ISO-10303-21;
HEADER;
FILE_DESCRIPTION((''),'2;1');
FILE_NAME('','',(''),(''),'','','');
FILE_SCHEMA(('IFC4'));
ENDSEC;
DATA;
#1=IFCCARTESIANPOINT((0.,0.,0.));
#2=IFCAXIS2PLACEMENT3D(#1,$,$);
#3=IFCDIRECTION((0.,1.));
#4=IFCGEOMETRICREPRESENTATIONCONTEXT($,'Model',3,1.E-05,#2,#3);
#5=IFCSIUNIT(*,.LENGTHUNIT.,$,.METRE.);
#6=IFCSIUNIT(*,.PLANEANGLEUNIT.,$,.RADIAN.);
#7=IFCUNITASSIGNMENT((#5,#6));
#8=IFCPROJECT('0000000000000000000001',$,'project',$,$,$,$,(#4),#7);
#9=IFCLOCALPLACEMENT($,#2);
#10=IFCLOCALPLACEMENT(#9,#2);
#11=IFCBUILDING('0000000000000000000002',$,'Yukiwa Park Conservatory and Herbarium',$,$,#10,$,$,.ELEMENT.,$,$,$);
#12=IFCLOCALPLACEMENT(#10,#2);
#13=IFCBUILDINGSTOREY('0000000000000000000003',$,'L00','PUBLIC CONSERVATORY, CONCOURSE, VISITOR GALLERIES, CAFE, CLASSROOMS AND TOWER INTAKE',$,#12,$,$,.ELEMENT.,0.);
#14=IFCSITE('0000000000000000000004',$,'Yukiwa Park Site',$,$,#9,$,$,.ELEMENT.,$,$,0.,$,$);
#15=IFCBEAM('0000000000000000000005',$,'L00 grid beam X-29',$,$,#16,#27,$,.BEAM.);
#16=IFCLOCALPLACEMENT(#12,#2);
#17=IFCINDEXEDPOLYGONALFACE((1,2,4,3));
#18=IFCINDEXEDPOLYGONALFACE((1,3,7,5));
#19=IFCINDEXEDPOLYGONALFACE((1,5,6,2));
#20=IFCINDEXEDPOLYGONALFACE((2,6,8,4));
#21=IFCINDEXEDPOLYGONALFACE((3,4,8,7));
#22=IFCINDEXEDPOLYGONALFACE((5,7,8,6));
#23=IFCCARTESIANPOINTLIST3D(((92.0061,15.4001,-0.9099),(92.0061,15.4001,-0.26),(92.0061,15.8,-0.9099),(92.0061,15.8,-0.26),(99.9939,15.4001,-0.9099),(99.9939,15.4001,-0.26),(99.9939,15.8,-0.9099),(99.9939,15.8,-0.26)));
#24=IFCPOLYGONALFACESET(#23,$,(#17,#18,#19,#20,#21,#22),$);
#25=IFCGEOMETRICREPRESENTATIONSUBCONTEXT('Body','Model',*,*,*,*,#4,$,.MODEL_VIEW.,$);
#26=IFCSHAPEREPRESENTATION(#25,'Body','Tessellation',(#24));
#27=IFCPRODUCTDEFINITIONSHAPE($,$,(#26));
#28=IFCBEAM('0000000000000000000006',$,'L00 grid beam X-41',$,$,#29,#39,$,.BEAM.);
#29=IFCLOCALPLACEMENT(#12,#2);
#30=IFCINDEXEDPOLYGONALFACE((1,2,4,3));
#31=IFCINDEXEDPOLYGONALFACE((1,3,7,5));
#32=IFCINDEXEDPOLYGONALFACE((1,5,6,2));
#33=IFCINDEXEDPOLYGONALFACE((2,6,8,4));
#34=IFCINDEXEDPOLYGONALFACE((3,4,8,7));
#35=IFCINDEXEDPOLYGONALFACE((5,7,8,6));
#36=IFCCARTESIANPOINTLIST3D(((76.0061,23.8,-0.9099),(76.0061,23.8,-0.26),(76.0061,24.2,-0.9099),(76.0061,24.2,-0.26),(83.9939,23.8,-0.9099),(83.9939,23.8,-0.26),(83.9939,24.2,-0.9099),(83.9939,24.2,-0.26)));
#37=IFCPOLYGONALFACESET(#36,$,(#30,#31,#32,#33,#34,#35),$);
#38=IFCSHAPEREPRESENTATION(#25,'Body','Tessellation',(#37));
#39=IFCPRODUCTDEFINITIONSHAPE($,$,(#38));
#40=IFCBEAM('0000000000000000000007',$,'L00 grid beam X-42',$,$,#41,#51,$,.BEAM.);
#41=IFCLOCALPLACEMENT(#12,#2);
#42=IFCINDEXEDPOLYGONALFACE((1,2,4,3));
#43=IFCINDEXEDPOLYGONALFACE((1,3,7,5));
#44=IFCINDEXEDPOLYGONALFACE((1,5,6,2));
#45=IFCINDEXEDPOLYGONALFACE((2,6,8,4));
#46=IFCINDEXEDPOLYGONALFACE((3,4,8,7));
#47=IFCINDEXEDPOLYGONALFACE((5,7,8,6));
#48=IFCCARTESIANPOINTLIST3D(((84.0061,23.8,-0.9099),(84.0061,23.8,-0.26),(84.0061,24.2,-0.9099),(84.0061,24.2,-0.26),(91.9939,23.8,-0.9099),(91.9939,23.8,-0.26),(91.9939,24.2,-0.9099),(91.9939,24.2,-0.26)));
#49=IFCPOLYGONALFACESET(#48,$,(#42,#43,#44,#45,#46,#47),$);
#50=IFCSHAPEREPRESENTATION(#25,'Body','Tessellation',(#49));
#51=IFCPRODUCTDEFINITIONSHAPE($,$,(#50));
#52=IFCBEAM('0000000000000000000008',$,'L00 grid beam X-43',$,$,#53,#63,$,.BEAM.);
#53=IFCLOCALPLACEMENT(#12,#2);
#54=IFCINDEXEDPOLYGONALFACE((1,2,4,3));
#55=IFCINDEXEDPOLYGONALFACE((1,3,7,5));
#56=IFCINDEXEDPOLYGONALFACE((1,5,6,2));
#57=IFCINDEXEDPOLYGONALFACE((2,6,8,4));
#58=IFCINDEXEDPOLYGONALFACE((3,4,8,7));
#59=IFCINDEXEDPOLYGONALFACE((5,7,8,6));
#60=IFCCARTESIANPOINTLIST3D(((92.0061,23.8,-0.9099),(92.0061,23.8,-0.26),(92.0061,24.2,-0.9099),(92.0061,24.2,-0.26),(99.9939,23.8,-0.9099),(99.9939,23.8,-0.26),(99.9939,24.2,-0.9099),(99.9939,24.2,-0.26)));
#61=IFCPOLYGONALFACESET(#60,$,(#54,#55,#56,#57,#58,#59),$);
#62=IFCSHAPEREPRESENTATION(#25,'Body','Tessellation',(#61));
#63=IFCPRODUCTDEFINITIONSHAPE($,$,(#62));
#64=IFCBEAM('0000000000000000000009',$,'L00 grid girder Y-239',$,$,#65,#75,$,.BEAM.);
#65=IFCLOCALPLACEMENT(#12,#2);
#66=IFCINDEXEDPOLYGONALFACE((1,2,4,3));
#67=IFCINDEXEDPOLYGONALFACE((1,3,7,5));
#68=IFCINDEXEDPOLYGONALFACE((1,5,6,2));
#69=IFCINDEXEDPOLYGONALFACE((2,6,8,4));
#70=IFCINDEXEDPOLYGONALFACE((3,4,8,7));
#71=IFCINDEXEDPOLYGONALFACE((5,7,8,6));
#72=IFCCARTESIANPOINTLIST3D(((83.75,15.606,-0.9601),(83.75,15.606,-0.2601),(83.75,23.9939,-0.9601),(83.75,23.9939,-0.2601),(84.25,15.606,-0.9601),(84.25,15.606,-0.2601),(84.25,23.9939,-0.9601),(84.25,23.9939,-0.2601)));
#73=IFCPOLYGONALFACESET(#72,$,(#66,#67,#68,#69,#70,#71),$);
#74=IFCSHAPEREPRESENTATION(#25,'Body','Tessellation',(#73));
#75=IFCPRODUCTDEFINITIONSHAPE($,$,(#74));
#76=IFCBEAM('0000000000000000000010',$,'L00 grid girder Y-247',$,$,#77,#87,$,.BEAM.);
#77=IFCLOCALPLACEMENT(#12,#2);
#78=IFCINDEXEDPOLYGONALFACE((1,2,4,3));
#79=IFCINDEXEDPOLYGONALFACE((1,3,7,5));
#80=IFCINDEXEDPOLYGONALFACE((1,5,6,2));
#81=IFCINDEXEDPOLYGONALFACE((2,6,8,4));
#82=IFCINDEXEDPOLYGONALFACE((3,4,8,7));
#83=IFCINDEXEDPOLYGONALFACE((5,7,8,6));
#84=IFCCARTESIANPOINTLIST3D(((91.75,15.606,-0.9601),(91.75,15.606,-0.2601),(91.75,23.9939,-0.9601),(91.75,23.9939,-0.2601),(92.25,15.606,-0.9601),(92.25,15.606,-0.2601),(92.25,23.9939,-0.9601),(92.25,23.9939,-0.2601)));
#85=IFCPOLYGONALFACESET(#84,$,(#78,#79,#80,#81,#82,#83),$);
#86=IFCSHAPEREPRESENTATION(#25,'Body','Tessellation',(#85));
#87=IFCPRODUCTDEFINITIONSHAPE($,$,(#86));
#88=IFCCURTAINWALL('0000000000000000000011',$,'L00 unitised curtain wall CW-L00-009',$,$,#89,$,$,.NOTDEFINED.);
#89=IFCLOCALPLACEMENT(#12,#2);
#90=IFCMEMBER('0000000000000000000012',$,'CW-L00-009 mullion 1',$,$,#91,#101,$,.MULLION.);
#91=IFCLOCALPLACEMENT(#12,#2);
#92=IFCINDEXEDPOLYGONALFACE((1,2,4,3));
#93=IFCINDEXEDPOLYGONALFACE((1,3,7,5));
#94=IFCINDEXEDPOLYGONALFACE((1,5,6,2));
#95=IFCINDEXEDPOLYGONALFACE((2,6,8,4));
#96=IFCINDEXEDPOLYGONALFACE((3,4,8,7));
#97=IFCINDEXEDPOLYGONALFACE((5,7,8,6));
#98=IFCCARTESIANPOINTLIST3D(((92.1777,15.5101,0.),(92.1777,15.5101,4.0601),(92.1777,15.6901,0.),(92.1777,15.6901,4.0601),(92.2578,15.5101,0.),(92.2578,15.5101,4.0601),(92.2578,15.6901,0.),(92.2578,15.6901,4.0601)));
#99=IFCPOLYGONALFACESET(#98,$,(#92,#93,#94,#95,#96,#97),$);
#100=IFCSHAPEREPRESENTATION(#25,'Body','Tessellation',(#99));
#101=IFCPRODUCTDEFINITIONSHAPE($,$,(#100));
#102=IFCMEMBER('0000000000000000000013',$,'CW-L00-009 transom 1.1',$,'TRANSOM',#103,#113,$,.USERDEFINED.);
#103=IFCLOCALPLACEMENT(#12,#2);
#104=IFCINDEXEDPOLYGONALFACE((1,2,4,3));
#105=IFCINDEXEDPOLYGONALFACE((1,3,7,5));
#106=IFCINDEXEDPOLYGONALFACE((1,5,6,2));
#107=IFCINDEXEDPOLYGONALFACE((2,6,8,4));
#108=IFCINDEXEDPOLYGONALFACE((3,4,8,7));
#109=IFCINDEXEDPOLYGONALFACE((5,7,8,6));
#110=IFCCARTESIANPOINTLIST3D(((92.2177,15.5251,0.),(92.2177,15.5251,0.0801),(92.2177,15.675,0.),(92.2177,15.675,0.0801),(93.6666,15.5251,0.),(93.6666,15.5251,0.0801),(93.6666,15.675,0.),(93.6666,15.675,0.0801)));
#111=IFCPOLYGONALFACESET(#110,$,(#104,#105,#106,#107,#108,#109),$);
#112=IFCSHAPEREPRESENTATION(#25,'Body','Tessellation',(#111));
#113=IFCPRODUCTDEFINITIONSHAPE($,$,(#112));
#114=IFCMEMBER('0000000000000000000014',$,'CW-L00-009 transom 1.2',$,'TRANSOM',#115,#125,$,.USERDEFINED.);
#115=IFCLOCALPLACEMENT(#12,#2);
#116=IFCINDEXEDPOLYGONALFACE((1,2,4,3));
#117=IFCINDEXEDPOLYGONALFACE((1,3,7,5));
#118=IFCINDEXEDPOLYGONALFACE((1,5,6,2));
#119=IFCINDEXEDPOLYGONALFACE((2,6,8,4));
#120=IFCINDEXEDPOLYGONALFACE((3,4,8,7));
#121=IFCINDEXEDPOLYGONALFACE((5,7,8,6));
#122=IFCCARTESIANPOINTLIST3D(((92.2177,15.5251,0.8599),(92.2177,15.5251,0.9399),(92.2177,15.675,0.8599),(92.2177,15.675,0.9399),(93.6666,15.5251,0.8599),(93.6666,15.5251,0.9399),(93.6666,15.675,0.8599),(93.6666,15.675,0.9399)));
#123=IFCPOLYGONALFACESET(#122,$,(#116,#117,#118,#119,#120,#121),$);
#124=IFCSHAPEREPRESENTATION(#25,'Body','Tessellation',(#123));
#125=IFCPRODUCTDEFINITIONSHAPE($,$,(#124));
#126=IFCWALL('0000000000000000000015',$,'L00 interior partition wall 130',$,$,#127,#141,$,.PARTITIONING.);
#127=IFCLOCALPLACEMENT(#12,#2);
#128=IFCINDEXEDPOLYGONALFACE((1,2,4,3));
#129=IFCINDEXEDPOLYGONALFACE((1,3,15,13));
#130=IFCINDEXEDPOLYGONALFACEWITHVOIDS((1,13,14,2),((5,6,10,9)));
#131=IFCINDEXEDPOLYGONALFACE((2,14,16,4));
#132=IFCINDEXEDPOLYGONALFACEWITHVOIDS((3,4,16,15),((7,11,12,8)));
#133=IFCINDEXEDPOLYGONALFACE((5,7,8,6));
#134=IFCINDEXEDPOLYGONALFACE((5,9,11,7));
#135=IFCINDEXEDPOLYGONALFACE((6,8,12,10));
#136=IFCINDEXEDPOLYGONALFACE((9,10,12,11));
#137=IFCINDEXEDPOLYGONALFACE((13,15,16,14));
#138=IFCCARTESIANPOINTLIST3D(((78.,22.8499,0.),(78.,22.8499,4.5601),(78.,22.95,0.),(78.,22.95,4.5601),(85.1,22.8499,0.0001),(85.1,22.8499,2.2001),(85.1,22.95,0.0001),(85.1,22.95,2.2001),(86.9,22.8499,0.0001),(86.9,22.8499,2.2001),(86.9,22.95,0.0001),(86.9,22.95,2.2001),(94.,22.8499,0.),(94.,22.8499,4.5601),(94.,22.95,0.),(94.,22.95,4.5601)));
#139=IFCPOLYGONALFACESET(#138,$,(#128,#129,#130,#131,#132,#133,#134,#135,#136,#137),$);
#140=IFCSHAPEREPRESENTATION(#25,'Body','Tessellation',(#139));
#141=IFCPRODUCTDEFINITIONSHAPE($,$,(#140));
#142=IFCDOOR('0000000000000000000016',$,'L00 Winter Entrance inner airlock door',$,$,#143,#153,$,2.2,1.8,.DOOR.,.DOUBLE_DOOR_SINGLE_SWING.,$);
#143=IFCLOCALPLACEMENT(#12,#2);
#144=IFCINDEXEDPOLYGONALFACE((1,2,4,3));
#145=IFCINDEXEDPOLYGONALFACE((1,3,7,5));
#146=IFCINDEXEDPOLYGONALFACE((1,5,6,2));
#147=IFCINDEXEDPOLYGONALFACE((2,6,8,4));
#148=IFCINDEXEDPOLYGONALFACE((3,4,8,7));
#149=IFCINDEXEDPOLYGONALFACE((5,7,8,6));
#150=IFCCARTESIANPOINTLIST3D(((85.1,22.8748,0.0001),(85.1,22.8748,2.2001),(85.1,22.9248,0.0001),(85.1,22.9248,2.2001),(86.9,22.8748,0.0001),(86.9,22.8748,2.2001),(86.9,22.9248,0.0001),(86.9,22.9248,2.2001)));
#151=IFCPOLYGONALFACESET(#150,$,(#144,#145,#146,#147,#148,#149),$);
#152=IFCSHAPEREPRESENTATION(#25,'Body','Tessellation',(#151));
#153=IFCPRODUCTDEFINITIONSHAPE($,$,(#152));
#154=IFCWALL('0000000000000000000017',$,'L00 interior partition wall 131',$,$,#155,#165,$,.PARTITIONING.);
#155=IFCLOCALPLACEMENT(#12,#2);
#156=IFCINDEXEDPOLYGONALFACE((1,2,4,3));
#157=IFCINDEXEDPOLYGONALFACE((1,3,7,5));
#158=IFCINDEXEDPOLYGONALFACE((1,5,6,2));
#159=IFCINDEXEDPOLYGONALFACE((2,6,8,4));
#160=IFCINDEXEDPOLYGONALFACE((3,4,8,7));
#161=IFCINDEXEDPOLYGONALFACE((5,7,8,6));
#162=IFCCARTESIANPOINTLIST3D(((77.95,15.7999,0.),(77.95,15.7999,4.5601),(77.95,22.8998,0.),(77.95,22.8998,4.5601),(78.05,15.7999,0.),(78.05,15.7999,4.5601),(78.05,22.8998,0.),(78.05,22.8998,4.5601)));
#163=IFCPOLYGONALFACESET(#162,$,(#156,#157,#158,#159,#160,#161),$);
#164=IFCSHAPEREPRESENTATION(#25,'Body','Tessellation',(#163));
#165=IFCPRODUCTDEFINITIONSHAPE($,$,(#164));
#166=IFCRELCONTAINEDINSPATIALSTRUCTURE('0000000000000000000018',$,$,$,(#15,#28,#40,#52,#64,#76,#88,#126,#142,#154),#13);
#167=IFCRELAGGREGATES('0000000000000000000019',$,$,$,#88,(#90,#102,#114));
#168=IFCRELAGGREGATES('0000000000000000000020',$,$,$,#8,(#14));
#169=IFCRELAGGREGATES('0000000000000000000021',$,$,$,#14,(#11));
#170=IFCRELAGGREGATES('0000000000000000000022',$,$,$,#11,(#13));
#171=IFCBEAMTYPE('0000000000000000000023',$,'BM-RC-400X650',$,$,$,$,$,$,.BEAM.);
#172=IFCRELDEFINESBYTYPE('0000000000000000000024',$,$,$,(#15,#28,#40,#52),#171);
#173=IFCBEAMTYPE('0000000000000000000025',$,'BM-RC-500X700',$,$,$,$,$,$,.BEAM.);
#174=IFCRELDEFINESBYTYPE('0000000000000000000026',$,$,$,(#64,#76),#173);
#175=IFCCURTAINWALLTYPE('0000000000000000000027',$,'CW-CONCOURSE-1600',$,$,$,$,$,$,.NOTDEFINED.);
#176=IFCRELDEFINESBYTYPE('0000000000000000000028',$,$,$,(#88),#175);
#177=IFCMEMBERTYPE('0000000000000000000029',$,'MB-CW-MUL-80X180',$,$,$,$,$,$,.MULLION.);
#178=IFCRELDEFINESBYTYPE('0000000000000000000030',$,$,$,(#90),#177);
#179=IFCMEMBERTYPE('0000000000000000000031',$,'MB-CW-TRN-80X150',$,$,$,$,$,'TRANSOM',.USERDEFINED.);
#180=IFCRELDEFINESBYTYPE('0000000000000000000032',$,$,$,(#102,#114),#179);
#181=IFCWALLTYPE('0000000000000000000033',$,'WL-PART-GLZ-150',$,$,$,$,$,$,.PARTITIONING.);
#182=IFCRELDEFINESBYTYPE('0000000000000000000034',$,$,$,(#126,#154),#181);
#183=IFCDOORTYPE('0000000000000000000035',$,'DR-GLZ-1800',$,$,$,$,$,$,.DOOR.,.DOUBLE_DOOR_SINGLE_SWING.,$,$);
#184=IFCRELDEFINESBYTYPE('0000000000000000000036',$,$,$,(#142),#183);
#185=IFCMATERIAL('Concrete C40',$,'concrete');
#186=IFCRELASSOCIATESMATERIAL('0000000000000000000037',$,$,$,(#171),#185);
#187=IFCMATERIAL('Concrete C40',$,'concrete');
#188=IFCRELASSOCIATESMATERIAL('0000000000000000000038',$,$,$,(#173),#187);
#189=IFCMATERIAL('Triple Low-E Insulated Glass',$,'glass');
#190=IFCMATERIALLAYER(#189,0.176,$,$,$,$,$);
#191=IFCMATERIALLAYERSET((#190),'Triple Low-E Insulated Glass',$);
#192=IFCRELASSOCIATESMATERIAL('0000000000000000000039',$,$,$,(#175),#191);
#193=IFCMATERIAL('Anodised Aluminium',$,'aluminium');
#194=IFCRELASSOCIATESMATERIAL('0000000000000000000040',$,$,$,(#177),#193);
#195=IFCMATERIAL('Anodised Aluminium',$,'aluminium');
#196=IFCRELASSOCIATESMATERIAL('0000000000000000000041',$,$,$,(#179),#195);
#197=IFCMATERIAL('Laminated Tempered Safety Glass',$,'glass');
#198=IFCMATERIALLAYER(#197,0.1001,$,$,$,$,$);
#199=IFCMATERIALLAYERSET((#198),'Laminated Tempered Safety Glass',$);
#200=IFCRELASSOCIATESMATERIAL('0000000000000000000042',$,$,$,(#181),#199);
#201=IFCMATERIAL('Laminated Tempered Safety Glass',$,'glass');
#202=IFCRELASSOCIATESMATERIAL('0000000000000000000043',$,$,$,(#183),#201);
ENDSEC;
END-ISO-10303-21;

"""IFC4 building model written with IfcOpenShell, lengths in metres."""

from ifc_helpers import new_model, si_unit, direction, frame, frame_2d, origin, origin_2d, place, context, subcontext, project, spatial, rectangle, extrude, material, layer, layer_set, material_profile, profile_set, type_object, element, fill, aggregate, save


model = new_model("IFC4")

# Units and contexts
model_context = context("Model", 3, precision=1e-05, world=origin(), true_north=direction((0.0, 1.0)))
body_context = subcontext(model_context, "Body", "Model", "MODEL_VIEW")
ifc_project = project(units=[si_unit("LENGTHUNIT", "METRE"), si_unit("PLANEANGLEUNIT", "RADIAN")], contexts=[model_context])

# Site, building, storey
site_placement = place(None, origin())
site = spatial("IfcSite", under=ifc_project, at=site_placement, Name="Yukiwa Park Site", CompositionType="ELEMENT", RefElevation=0.0)
building_placement = place(site_placement, origin())
building = spatial("IfcBuilding", under=site, at=building_placement, Name="Yukiwa Park Conservatory and Herbarium", CompositionType="ELEMENT")
storey_placement = place(building_placement, origin())
storey = spatial("IfcBuildingStorey", under=building, at=storey_placement, Name="L00", Description="PUBLIC CONSERVATORY, CONCOURSE, VISITOR GALLERIES, CAFE, CLASSROOMS AND TOWER INTAKE", CompositionType="ELEMENT", Elevation=0.0)

# Beams
ifc_material_1 = material(Name="Concrete C40", Category="concrete")
ifc_material_profile_1 = material_profile(ifc_material_1, rectangle(XDim=0.3999, YDim=0.6499, at=origin_2d()), Name="RC 400x650")
ifc_profile_set_1 = profile_set([ifc_material_profile_1], Name="Concrete C40")
beam_type_1 = type_object("IfcBeamType", Name="BM-RC-400X650", PredefinedType="BEAM", material=ifc_profile_set_1)
for number, where, z_axis, x_axis, name in (
    (1, (92.0061, 15.6001, -0.585), (1.0, 0.0, 0.0), (0.0, 1.0, 0.0), "L00 grid beam X-29"),
    (2, (76.0061, 24.0, -0.585), (1.0, 0.0, 0.0), (0.0, 1.0, 0.0), "L00 grid beam X-41"),
    (3, (84.0061, 24.0, -0.585), (1.0, 0.0, 0.0), (0.0, 1.0, 0.0), "L00 grid beam X-42"),
    (4, (92.0061, 24.0, -0.585), (1.0, 0.0, 0.0), (0.0, 1.0, 0.0), "L00 grid beam X-43"),
):
    element("IfcBeam", number, at=place(storey_placement, frame(where, z_axis=z_axis, x_axis=x_axis)), inside=storey, type_object=beam_type_1, Name=name, PredefinedType="BEAM", context=body_context, shape_type="SweptSolid", body=[
        extrude(rectangle(XDim=0.3999, YDim=0.6499, at=origin_2d()), origin(), (0.0, 0.0, 1.0), 7.9878),
    ])
ifc_material_2 = material(Name="Concrete C40", Category="concrete")
ifc_material_profile_2 = material_profile(ifc_material_2, rectangle(XDim=0.5, YDim=0.7, at=origin_2d()), Name="RC 500x700")
ifc_profile_set_2 = profile_set([ifc_material_profile_2], Name="Concrete C40")
beam_type_2 = type_object("IfcBeamType", Name="BM-RC-500X700", PredefinedType="BEAM", material=ifc_profile_set_2)
for number, where, z_axis, x_axis, name in (
    (5, (84.0, 15.606, -0.6101), (0.0, 1.0, 0.0), (-1.0, 0.0, 0.0), "L00 grid girder Y-239"),
    (6, (92.0, 15.606, -0.6101), (0.0, 1.0, 0.0), (-1.0, 0.0, 0.0), "L00 grid girder Y-247"),
):
    element("IfcBeam", number, at=place(storey_placement, frame(where, z_axis=z_axis, x_axis=x_axis)), inside=storey, type_object=beam_type_2, Name=name, PredefinedType="BEAM", context=body_context, shape_type="SweptSolid", body=[
        extrude(rectangle(XDim=0.5, YDim=0.7, at=origin_2d()), origin(), (0.0, 0.0, 1.0), 8.3879),
    ])

# Curtain wall, members
ifc_material_3 = material(Name="Triple Low-E Insulated Glass", Category="glass")
ifc_layer_1 = layer(ifc_material_3, 0.176)
ifc_layer_set_1 = layer_set([ifc_layer_1], Name="Triple Low-E Insulated Glass")
curtain_wall_type = type_object("IfcCurtainWallType", Name="CW-CONCOURSE-1600", PredefinedType="NOTDEFINED", material=ifc_layer_set_1)
curtain_wall_placement = place(storey_placement, origin())
curtain_wall = element("IfcCurtainWall", 7, at=curtain_wall_placement, inside=storey, type_object=curtain_wall_type, Name="L00 unitised curtain wall CW-L00-009", PredefinedType="NOTDEFINED")
ifc_material_4 = material(Name="Anodised Aluminium", Category="aluminium")
member_type_1 = type_object("IfcMemberType", Name="MB-CW-MUL-80X180", PredefinedType="MULLION", material=ifc_material_4)
member_1_placement = place(storey_placement, frame((92.2178, 15.6001, 0.0), z_axis=(0.0, 0.0, 1.0), x_axis=(1.0, 0.0, 0.0)))
member_1 = element("IfcMember", 8, at=member_1_placement, type_object=member_type_1, Name="CW-L00-009 mullion 1", PredefinedType="MULLION", context=body_context, shape_type="SweptSolid", body=[
    extrude(rectangle(XDim=0.0801, YDim=0.1799, at=origin_2d()), origin(), (0.0, 0.0, 1.0), 4.0601),
])
ifc_material_5 = material(Name="Anodised Aluminium", Category="aluminium")
member_type_2 = type_object("IfcMemberType", Name="MB-CW-TRN-80X150", ElementType="TRANSOM", PredefinedType="USERDEFINED", material=ifc_material_5)
member_2_placement = place(storey_placement, frame((92.9421, 15.6001, 0.0), z_axis=(0.0, 0.0, 1.0), x_axis=(1.0, 0.0, 0.0)))
member_2 = element("IfcMember", 9, at=member_2_placement, type_object=member_type_2, Name="CW-L00-009 transom 1.1", ObjectType="TRANSOM", PredefinedType="USERDEFINED", context=body_context, shape_type="SweptSolid", body=[
    extrude(rectangle(XDim=1.449, YDim=0.1499, at=origin_2d()), origin(), (0.0, 0.0, 1.0), 0.0801),
])
member_3_placement = place(storey_placement, frame((92.9421, 15.6001, 0.8599), z_axis=(0.0, 0.0, 1.0), x_axis=(1.0, 0.0, 0.0)))
member_3 = element("IfcMember", 10, at=member_3_placement, type_object=member_type_2, Name="CW-L00-009 transom 1.2", ObjectType="TRANSOM", PredefinedType="USERDEFINED", context=body_context, shape_type="SweptSolid", body=[
    extrude(rectangle(XDim=1.449, YDim=0.1499, at=origin_2d()), origin(), (0.0, 0.0, 1.0), 0.0801),
])
aggregate(curtain_wall, [member_1, member_2, member_3])

# Wall, opening, door
ifc_material_6 = material(Name="Laminated Tempered Safety Glass", Category="glass")
ifc_layer_2 = layer(ifc_material_6, 0.1001)
ifc_layer_set_2 = layer_set([ifc_layer_2], Name="Laminated Tempered Safety Glass")
wall_type_1 = type_object("IfcWallType", Name="WL-PART-GLZ-150", PredefinedType="PARTITIONING", material=ifc_layer_set_2)
wall_1_placement = place(storey_placement, frame((78.0, 22.8999, 0.0), z_axis=(0.0, 0.0, 1.0), x_axis=(1.0, 0.0, 0.0)))
wall_1 = element("IfcWall", 11, at=wall_1_placement, inside=storey, type_object=wall_type_1, Name="L00 interior partition wall 130", PredefinedType="PARTITIONING", context=body_context, shape_type="SweptSolid", body=[
    extrude(rectangle(XDim=16.0, YDim=0.1001, at=frame_2d((8.0, 0.0))), origin(), (0.0, 0.0, 1.0), 4.5601),
])
opening_1_placement = place(wall_1_placement, frame((7.1001, 0.0, 0.0)))
opening_1 = element("IfcOpeningElement", 12, at=opening_1_placement, cuts=wall_1, PredefinedType="OPENING", context=body_context, shape_type="SweptSolid", body=[
    extrude(rectangle(XDim=1.8, YDim=2.2, at=frame_2d((0.8999, 1.1001))), frame((0.0, 0.0601, 0.0), z_axis=(0.0, -1.0, 0.0), x_axis=(1.0, 0.0, 0.0)), (0.0, 0.0, 1.0), 0.1201),
])
ifc_material_7 = material(Name="Laminated Tempered Safety Glass", Category="glass")
door_type_1 = type_object("IfcDoorType", Name="DR-GLZ-1800", OperationType="DOUBLE_DOOR_SINGLE_SWING", PredefinedType="DOOR", material=ifc_material_7)
door_1_placement = place(opening_1_placement, origin())
door_1 = element("IfcDoor", 13, at=door_1_placement, inside=storey, type_object=door_type_1, Name="L00 Winter Entrance inner airlock door", OperationType="DOUBLE_DOOR_SINGLE_SWING", OverallHeight=2.2, OverallWidth=1.8, PredefinedType="DOOR", context=body_context, shape_type="SweptSolid", body=[
    extrude(rectangle(XDim=1.8, YDim=2.2, at=frame_2d((0.8999, 1.1001))), frame((0.0, 0.0249, 0.0), z_axis=(0.0, -1.0, 0.0), x_axis=(1.0, 0.0, 0.0)), (0.0, 0.0, 1.0), 0.05),
])
fill(opening_1, door_1)

# Wall
wall_2_placement = place(storey_placement, frame((78.0, 15.8, 0.0), z_axis=(0.0, 0.0, 1.0), x_axis=(0.0, 1.0, 0.0)))
element("IfcWall", 14, at=wall_2_placement, inside=storey, type_object=wall_type_1, Name="L00 interior partition wall 131", PredefinedType="PARTITIONING", context=body_context, shape_type="SweptSolid", body=[
    extrude(rectangle(XDim=7.0999, YDim=0.1001, at=frame_2d((3.5498, 0.0))), origin(), (0.0, 0.0, 1.0), 4.5601),
])

save(model, "model.ifc")
